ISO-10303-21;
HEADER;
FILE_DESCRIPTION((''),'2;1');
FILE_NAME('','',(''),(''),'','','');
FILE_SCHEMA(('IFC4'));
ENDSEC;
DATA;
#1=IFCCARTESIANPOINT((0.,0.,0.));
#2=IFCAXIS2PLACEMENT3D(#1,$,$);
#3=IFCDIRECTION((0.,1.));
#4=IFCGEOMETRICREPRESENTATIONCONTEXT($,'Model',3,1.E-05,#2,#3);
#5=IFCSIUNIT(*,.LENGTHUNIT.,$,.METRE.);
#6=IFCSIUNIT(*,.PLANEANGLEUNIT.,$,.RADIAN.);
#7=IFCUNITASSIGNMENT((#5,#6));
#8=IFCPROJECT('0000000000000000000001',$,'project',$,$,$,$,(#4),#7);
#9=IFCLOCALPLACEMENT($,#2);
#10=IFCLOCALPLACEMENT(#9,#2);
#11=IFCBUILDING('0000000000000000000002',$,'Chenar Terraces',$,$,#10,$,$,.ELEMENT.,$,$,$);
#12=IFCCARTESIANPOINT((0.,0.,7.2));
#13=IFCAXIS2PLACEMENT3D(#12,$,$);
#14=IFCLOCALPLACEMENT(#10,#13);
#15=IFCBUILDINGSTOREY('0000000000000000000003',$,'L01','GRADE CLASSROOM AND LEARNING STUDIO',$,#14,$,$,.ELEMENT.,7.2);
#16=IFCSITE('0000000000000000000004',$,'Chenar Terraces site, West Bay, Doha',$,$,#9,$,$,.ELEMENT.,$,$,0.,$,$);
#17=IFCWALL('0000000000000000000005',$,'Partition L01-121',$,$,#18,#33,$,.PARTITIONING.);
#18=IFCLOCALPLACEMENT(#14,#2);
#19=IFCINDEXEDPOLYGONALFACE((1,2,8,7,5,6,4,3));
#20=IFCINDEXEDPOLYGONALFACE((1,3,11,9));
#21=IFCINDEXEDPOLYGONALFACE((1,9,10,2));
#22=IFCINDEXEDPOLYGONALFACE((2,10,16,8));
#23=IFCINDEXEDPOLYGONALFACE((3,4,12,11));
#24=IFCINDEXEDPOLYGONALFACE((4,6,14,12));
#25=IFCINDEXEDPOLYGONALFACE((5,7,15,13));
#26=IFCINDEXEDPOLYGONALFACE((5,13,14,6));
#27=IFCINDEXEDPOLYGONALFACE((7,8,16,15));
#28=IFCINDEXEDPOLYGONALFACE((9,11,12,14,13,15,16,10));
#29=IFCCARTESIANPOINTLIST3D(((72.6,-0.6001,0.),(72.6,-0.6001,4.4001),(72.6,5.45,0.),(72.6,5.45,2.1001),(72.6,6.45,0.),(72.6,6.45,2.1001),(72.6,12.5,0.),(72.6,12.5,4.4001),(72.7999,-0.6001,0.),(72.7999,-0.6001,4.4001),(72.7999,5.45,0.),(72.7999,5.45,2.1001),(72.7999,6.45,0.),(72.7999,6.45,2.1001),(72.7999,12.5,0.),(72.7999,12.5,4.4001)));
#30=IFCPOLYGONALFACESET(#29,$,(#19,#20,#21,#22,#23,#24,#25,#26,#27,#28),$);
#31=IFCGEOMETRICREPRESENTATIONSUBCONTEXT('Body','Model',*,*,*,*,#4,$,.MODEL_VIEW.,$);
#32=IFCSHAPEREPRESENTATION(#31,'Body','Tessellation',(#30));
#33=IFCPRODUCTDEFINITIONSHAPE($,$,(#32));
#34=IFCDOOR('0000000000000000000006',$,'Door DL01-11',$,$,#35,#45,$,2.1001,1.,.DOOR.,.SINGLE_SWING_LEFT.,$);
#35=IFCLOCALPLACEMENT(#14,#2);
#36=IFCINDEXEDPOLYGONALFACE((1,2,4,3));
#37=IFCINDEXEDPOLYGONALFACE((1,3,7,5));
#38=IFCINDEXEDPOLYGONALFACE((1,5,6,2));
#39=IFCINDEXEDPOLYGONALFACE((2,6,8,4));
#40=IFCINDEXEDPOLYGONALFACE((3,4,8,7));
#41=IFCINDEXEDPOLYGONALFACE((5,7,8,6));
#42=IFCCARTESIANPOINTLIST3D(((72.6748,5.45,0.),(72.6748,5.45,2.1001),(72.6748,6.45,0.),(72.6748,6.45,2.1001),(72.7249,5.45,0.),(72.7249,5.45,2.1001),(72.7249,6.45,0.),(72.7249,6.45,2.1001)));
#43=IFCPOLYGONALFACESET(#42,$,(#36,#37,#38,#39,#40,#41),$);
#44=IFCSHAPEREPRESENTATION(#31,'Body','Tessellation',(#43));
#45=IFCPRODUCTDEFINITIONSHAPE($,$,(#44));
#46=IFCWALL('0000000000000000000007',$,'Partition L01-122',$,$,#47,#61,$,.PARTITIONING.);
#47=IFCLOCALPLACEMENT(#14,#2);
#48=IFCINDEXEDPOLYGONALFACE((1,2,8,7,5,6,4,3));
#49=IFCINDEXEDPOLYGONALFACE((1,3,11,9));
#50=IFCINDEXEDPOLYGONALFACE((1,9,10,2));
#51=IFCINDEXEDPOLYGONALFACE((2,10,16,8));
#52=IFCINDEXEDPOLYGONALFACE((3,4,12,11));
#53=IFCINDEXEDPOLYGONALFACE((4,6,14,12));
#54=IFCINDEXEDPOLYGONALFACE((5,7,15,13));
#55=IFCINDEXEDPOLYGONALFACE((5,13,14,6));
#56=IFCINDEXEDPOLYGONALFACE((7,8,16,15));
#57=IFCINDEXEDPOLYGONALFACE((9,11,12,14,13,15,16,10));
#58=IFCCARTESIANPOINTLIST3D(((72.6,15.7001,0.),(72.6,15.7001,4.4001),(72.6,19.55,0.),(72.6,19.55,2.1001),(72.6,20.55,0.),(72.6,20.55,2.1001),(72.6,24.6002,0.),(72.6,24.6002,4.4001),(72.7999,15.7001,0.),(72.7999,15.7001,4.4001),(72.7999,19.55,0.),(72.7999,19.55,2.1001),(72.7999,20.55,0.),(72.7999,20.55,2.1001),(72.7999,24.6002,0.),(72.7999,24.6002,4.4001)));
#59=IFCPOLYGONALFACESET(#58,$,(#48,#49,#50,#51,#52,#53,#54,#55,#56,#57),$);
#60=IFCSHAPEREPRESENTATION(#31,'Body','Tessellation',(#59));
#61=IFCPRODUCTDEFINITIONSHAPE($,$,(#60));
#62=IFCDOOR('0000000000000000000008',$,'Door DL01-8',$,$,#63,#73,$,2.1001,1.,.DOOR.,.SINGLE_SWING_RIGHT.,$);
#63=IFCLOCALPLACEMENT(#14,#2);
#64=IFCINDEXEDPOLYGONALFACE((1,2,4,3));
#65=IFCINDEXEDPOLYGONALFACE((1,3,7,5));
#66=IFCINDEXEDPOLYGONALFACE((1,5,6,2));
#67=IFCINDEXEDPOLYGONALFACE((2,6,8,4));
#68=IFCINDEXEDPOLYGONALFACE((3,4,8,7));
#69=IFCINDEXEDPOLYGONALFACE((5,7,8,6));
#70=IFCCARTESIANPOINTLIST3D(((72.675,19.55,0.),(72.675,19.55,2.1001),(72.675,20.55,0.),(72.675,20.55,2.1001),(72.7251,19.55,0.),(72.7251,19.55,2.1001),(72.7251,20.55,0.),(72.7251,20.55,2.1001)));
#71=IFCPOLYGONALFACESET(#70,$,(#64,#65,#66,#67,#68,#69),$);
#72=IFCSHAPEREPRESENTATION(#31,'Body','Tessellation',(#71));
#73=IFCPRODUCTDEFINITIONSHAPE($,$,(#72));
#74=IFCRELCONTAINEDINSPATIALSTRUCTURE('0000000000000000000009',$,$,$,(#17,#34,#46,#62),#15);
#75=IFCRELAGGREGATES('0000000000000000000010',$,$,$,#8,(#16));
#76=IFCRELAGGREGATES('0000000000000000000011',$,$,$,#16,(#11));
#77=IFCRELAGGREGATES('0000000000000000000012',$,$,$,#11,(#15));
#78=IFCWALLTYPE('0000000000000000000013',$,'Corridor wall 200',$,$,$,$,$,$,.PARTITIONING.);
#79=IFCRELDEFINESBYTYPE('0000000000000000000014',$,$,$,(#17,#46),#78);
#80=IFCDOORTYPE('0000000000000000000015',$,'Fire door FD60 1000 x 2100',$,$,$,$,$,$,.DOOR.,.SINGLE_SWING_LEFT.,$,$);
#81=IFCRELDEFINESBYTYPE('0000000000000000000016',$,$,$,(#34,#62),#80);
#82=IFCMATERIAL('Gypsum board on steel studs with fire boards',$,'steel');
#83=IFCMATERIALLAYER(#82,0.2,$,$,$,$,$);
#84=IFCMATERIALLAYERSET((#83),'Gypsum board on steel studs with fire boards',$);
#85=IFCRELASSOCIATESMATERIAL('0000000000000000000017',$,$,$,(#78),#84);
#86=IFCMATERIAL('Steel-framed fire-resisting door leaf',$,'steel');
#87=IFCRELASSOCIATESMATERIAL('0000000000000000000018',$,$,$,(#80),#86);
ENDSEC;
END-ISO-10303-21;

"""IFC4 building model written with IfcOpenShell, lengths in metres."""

from ifc_helpers import new_model, si_unit, direction, frame, frame_2d, origin, place, context, subcontext, project, spatial, rectangle, extrude, material, layer, layer_set, type_object, element, fill, save


model = new_model("IFC4")

# Units and contexts
model_context = context("Model", 3, precision=1e-05, world=origin(), true_north=direction((0.0, 1.0)))
body_context = subcontext(model_context, "Body", "Model", "MODEL_VIEW")
ifc_project = project(units=[si_unit("LENGTHUNIT", "METRE"), si_unit("PLANEANGLEUNIT", "RADIAN")], contexts=[model_context])

# Site, building, storey
site_placement = place(None, origin())
site = spatial("IfcSite", under=ifc_project, at=site_placement, Name="Chenar Terraces site, West Bay, Doha", CompositionType="ELEMENT", RefElevation=0.0)
building_placement = place(site_placement, origin())
building = spatial("IfcBuilding", under=site, at=building_placement, Name="Chenar Terraces", CompositionType="ELEMENT")
storey_placement = place(building_placement, frame((0.0, 0.0, 7.2)))
storey = spatial("IfcBuildingStorey", under=building, at=storey_placement, Name="L01", Description="GRADE CLASSROOM AND LEARNING STUDIO", CompositionType="ELEMENT", Elevation=7.2)

# Walls, openings, doors
ifc_material_1 = material(Name="Gypsum board on steel studs with fire boards", Category="steel")
ifc_layer_1 = layer(ifc_material_1, 0.2)
ifc_layer_set_1 = layer_set([ifc_layer_1], Name="Gypsum board on steel studs with fire boards")
wall_type_1 = type_object("IfcWallType", Name="Corridor wall 200", PredefinedType="PARTITIONING", material=ifc_layer_set_1)
wall_1_placement = place(storey_placement, frame((72.7, -0.6001, 0.0), z_axis=(0.0, 0.0, 1.0), x_axis=(0.0, 1.0, 0.0)))
wall_1 = element("IfcWall", 1, at=wall_1_placement, inside=storey, type_object=wall_type_1, Name="Partition L01-121", PredefinedType="PARTITIONING", context=body_context, shape_type="SweptSolid", body=[
    extrude(rectangle(XDim=13.1001, YDim=0.2, at=frame_2d((6.55, 0.0))), origin(), (0.0, 0.0, 1.0), 4.4001),
])
opening_1_placement = place(wall_1_placement, frame((6.05, 0.0, 0.0)))
opening_1 = element("IfcOpeningElement", 2, at=opening_1_placement, cuts=wall_1, PredefinedType="OPENING", context=body_context, shape_type="SweptSolid", body=[
    extrude(rectangle(XDim=1.0, YDim=2.1001, at=frame_2d((0.5, 1.05))), frame((0.0, 0.1099, 0.0), z_axis=(0.0, -1.0, 0.0), x_axis=(1.0, 0.0, 0.0)), (0.0, 0.0, 1.0), 0.22),
])
ifc_material_2 = material(Name="Steel-framed fire-resisting door leaf", Category="steel")
door_type_1 = type_object("IfcDoorType", Name="Fire door FD60 1000 x 2100", OperationType="SINGLE_SWING_LEFT", PredefinedType="DOOR", material=ifc_material_2)
door_1_placement = place(opening_1_placement, frame((1.0, 0.0, 0.0), z_axis=(0.0, 0.0, 1.0), x_axis=(-1.0, 0.0, 0.0)))
door_1 = element("IfcDoor", 3, at=door_1_placement, inside=storey, type_object=door_type_1, Name="Door DL01-11", OperationType="SINGLE_SWING_LEFT", OverallHeight=2.1001, OverallWidth=1.0, PredefinedType="DOOR", context=body_context, shape_type="SweptSolid", body=[
    extrude(rectangle(XDim=1.0, YDim=2.1001, at=frame_2d((0.5, 1.05))), frame((0.0, 0.0249, 0.0), z_axis=(0.0, -1.0, 0.0), x_axis=(1.0, 0.0, 0.0)), (0.0, 0.0, 1.0), 0.05),
])
fill(opening_1, door_1)
wall_2_placement = place(storey_placement, frame((72.7, 15.7, 0.0), z_axis=(0.0, 0.0, 1.0), x_axis=(0.0, 1.0, 0.0)))
wall_2 = element("IfcWall", 4, at=wall_2_placement, inside=storey, type_object=wall_type_1, Name="Partition L01-122", PredefinedType="PARTITIONING", context=body_context, shape_type="SweptSolid", body=[
    extrude(rectangle(XDim=8.9001, YDim=0.2, at=frame_2d((4.4502, 0.0))), origin(), (0.0, 0.0, 1.0), 4.4001),
])
opening_2_placement = place(wall_2_placement, frame((3.8501, 0.0, 0.0)))
opening_2 = element("IfcOpeningElement", 5, at=opening_2_placement, cuts=wall_2, PredefinedType="OPENING", context=body_context, shape_type="SweptSolid", body=[
    extrude(rectangle(XDim=1.0, YDim=2.1001, at=frame_2d((0.5, 1.05))), frame((0.0, 0.1099, 0.0), z_axis=(0.0, -1.0, 0.0), x_axis=(1.0, 0.0, 0.0)), (0.0, 0.0, 1.0), 0.22),
])
door_2_placement = place(opening_2_placement, origin())
door_2 = element("IfcDoor", 6, at=door_2_placement, inside=storey, type_object=door_type_1, Name="Door DL01-8", OperationType="SINGLE_SWING_RIGHT", OverallHeight=2.1001, OverallWidth=1.0, PredefinedType="DOOR", context=body_context, shape_type="SweptSolid", body=[
    extrude(rectangle(XDim=1.0, YDim=2.1001, at=frame_2d((0.5, 1.05))), frame((0.0, 0.0249, 0.0), z_axis=(0.0, -1.0, 0.0), x_axis=(1.0, 0.0, 0.0)), (0.0, 0.0, 1.0), 0.05),
])
fill(opening_2, door_2)

save(model, "model.ifc")
